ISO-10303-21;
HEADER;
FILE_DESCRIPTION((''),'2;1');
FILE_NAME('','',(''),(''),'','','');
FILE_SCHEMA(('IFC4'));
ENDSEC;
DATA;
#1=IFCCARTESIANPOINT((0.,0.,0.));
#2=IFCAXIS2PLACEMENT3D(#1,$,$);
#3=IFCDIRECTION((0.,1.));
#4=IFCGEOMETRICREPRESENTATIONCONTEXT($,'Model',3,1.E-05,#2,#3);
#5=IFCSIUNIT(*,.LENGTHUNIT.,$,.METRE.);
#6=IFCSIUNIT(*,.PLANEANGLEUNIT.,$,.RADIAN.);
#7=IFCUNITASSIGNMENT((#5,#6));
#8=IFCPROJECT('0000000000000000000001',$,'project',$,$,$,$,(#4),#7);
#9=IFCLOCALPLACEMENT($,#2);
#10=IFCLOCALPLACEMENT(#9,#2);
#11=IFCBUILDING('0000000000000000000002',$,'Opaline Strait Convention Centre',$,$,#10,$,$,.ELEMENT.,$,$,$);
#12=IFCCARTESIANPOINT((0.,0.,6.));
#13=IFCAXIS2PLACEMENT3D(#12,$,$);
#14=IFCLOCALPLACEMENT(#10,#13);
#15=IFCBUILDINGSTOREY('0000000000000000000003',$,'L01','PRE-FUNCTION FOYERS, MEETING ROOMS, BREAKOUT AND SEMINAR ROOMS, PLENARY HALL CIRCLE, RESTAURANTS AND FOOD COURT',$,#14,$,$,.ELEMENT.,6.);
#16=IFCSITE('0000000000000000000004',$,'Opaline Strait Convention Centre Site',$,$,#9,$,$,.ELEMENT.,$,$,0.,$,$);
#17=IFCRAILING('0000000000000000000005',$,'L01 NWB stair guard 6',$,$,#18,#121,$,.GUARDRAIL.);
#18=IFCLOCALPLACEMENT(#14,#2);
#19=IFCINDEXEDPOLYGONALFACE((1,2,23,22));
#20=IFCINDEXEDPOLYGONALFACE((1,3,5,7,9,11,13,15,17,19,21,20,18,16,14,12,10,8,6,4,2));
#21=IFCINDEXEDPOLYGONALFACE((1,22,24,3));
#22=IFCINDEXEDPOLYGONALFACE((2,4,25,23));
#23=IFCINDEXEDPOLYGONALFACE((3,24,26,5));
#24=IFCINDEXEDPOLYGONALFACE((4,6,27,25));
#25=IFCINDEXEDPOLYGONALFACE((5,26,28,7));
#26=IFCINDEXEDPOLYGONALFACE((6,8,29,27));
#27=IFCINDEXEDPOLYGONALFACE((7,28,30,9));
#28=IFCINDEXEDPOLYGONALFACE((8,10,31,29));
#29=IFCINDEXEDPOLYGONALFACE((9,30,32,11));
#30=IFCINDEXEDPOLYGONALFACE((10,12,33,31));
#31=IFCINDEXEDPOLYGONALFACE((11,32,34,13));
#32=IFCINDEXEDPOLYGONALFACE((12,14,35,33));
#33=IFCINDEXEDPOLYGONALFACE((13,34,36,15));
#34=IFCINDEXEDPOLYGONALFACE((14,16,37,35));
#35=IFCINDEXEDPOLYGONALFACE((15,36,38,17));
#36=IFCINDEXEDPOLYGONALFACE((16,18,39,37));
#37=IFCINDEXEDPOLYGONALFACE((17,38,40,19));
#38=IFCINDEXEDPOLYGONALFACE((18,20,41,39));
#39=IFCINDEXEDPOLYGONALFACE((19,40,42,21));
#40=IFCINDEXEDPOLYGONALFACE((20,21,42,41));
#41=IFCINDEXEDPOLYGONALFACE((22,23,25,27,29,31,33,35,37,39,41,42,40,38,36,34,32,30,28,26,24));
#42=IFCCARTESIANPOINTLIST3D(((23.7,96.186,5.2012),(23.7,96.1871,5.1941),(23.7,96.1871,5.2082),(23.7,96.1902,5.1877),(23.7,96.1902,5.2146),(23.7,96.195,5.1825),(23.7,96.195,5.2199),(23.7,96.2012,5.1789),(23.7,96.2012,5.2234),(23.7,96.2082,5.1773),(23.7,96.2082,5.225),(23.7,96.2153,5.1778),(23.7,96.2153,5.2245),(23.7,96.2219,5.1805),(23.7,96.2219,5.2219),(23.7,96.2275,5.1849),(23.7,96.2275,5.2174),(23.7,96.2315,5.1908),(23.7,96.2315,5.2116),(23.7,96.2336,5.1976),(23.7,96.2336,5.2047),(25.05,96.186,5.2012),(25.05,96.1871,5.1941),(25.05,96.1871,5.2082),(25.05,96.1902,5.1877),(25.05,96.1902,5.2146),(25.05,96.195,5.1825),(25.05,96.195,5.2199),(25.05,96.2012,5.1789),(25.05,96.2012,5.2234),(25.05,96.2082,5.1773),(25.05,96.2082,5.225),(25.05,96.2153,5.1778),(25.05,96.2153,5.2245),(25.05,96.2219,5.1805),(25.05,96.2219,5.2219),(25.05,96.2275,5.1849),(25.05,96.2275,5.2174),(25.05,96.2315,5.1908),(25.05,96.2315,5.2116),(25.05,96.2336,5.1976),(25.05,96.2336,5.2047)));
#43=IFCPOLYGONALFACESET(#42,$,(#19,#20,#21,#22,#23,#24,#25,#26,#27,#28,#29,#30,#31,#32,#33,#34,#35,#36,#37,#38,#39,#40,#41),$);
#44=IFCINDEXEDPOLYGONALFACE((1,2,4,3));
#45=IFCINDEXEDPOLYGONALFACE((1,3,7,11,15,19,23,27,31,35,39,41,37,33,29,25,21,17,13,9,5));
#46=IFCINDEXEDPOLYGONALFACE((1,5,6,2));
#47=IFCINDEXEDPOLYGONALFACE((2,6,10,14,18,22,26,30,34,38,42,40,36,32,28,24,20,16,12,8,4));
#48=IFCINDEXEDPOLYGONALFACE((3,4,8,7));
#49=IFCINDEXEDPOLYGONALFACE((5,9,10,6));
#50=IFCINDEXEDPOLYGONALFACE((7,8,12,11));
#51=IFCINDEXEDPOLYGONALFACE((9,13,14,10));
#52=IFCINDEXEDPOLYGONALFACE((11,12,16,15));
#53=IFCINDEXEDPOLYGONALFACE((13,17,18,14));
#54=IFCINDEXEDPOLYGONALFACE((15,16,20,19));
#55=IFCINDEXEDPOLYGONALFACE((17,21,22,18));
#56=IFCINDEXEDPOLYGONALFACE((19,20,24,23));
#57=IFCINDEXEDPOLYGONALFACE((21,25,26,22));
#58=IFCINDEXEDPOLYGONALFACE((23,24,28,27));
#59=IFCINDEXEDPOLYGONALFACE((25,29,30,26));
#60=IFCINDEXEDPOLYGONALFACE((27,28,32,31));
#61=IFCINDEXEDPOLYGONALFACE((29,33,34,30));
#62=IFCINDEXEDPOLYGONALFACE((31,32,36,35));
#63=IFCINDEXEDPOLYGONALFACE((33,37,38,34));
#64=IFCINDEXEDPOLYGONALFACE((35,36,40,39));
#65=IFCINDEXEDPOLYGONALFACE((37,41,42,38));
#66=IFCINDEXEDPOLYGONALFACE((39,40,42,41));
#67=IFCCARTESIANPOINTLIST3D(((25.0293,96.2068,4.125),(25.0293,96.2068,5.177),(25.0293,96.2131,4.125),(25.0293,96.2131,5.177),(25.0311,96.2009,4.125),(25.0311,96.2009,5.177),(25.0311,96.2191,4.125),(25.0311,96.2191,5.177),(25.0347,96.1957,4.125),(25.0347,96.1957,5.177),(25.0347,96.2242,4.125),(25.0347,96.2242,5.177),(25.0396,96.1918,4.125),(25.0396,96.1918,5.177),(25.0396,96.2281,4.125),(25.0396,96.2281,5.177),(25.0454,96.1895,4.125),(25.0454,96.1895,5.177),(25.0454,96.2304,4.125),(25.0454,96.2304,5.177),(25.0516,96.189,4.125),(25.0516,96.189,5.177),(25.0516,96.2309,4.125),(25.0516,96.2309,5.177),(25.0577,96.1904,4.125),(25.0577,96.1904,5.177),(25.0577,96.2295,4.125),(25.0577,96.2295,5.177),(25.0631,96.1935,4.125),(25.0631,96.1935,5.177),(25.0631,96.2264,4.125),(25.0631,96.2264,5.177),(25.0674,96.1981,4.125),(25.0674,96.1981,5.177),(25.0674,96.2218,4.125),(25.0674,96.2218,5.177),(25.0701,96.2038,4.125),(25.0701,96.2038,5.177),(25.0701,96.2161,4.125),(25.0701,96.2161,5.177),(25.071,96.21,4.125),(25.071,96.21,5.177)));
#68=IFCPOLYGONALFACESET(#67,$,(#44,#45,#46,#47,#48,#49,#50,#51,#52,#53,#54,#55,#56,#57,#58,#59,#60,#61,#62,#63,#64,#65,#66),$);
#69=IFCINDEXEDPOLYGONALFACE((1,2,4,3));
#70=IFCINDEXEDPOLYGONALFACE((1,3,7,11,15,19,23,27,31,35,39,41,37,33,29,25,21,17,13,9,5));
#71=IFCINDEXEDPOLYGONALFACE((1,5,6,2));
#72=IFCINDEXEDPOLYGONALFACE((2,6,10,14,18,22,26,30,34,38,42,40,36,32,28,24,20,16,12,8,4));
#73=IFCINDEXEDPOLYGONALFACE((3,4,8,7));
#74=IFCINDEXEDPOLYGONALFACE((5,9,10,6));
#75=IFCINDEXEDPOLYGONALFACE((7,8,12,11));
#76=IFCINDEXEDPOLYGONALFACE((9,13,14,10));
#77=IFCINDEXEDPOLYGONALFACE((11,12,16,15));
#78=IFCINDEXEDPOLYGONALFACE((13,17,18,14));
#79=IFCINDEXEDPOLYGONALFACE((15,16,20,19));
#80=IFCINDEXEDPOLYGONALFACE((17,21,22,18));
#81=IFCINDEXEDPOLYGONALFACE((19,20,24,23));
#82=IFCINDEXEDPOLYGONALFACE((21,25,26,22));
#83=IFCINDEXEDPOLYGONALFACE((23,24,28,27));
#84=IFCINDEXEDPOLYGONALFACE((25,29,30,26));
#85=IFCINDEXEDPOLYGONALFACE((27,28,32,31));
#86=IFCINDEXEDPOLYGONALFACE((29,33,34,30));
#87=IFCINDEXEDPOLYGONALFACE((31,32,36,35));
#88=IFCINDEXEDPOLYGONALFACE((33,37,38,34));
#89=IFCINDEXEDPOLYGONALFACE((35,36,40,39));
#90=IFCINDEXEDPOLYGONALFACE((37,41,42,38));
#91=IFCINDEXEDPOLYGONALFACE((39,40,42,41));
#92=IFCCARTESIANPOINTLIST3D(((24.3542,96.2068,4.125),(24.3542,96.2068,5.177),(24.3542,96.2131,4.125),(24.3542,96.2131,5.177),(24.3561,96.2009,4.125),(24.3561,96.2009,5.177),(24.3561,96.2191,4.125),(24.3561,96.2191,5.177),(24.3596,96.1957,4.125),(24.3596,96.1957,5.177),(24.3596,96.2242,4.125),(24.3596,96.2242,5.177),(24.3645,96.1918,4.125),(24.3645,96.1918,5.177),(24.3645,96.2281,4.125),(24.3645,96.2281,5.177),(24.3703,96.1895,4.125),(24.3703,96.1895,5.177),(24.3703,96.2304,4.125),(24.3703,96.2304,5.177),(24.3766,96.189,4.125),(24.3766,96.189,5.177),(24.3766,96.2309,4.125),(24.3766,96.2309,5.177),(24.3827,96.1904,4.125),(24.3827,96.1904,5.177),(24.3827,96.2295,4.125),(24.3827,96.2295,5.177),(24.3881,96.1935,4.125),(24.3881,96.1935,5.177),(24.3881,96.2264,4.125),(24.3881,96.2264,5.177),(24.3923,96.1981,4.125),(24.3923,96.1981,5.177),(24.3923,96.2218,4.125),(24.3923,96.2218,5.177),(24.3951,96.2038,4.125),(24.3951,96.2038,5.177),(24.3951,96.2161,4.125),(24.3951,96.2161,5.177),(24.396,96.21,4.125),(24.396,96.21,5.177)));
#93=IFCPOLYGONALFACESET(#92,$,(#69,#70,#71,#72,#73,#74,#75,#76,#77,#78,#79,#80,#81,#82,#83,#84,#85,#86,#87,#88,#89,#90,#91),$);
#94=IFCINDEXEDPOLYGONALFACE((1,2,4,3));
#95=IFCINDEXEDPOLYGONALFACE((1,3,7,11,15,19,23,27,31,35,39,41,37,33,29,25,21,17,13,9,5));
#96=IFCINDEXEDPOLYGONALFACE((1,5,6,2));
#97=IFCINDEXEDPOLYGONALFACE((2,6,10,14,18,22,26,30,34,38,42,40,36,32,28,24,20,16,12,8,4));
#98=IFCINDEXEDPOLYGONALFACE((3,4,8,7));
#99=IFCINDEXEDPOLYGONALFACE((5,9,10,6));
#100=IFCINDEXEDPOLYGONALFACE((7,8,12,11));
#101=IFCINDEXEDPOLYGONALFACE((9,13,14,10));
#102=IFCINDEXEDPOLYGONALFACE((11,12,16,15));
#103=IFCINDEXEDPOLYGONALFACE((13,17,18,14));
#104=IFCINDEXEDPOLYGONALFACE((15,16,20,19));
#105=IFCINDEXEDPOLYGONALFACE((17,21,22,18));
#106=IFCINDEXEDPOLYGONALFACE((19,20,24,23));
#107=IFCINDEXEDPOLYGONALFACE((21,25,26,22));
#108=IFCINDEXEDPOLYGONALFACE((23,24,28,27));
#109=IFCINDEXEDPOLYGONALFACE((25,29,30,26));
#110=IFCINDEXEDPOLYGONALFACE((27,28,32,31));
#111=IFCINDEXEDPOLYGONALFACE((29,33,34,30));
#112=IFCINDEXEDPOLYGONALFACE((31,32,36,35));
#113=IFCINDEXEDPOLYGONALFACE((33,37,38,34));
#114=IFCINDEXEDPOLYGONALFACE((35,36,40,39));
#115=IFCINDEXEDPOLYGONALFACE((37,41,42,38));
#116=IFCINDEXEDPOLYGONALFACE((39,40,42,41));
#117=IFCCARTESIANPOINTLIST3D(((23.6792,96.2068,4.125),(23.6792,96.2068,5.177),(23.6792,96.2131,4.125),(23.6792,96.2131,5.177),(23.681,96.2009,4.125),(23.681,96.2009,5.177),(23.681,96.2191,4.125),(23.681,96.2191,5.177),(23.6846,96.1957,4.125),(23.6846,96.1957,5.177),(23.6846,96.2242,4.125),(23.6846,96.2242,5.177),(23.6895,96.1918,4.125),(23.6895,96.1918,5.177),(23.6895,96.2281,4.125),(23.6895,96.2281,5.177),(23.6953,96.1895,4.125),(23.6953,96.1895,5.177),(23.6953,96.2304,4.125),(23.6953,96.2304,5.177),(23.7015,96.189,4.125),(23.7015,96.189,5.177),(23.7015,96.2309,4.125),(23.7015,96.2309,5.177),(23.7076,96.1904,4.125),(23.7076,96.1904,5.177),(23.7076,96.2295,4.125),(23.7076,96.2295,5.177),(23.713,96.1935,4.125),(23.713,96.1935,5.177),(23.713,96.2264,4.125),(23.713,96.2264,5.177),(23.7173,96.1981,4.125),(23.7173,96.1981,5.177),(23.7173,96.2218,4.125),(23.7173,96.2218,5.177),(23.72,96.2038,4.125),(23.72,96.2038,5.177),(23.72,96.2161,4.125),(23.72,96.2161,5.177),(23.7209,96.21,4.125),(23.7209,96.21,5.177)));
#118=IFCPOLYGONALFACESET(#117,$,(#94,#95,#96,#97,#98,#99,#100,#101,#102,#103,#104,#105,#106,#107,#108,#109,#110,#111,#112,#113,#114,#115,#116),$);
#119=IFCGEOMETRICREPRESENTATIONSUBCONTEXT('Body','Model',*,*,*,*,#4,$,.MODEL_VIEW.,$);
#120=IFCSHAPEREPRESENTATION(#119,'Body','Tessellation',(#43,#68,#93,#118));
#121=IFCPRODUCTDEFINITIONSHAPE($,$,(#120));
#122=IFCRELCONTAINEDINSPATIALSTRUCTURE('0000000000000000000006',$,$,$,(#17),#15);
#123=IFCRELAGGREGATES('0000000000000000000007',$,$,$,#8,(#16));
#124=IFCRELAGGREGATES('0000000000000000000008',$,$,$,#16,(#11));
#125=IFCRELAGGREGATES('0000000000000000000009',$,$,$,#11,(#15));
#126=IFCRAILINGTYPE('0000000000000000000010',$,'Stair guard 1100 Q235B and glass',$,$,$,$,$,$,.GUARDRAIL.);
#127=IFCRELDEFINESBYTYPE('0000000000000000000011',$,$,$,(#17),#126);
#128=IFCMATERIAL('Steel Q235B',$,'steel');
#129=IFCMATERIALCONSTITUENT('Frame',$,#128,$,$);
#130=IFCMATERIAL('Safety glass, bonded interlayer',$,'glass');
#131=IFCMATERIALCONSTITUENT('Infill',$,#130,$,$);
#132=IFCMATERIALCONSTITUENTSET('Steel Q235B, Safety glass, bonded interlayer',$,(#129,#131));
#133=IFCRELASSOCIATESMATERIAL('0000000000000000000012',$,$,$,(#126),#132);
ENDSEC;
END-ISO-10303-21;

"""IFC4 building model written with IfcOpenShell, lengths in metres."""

from ifc_helpers import new_model, si_unit, direction, frame, origin, origin_2d, place, context, subcontext, project, spatial, circle, extrude, material, constituent, constituent_set, type_object, element, save


model = new_model("IFC4")

# Units and contexts
model_context = context("Model", 3, precision=1e-05, world=origin(), true_north=direction((0.0, 1.0)))
body_context = subcontext(model_context, "Body", "Model", "MODEL_VIEW")
ifc_project = project(units=[si_unit("LENGTHUNIT", "METRE"), si_unit("PLANEANGLEUNIT", "RADIAN")], contexts=[model_context])

# Site, building, storey
site_placement = place(None, origin())
site = spatial("IfcSite", under=ifc_project, at=site_placement, Name="Opaline Strait Convention Centre Site", CompositionType="ELEMENT", RefElevation=0.0)
building_placement = place(site_placement, origin())
building = spatial("IfcBuilding", under=site, at=building_placement, Name="Opaline Strait Convention Centre", CompositionType="ELEMENT")
storey_placement = place(building_placement, frame((0.0, 0.0, 6.0)))
storey = spatial("IfcBuildingStorey", under=building, at=storey_placement, Name="L01", Description="PRE-FUNCTION FOYERS, MEETING ROOMS, BREAKOUT AND SEMINAR ROOMS, PLENARY HALL CIRCLE, RESTAURANTS AND FOOD COURT", CompositionType="ELEMENT", Elevation=6.0)

# Railing
ifc_material_1 = material(Name="Steel Q235B", Category="steel")
ifc_constituent_1 = constituent(ifc_material_1, Name="Frame")
ifc_material_2 = material(Name="Safety glass, bonded interlayer", Category="glass")
ifc_constituent_2 = constituent(ifc_material_2, Name="Infill")
ifc_constituent_set = constituent_set(constituents=[ifc_constituent_1, ifc_constituent_2], Name="Steel Q235B, Safety glass, bonded interlayer")
railing_type_1 = type_object("IfcRailingType", Name="Stair guard 1100 Q235B and glass", PredefinedType="GUARDRAIL", material=ifc_constituent_set)
for number, where, name in (
    (1, (25.05, 96.21, 4.125), "L01 NWB stair guard 6"),
):
    element("IfcRailing", number, at=place(storey_placement, frame(where)), inside=storey, type_object=railing_type_1, Name=name, PredefinedType="GUARDRAIL", context=body_context, shape_type="SweptSolid", body=[
        extrude(circle(Radius=0.0239, at=origin_2d()), frame((0.0, 0.0, 1.0762), z_axis=(-1.0, 0.0, 0.0), x_axis=(0.0, -1.0, 0.0)), (0.0, 0.0, 1.0), 1.3501),
        extrude(circle(Radius=0.021, at=origin_2d()), origin(), (0.0, 0.0, 1.0), 1.052),
        extrude(circle(Radius=0.021, at=origin_2d()), frame((-0.675, 0.0, 0.0)), (0.0, 0.0, 1.0), 1.052),
        extrude(circle(Radius=0.021, at=origin_2d()), frame((-1.3501, 0.0, 0.0)), (0.0, 0.0, 1.0), 1.052),
    ])

save(model, "model.ifc")
